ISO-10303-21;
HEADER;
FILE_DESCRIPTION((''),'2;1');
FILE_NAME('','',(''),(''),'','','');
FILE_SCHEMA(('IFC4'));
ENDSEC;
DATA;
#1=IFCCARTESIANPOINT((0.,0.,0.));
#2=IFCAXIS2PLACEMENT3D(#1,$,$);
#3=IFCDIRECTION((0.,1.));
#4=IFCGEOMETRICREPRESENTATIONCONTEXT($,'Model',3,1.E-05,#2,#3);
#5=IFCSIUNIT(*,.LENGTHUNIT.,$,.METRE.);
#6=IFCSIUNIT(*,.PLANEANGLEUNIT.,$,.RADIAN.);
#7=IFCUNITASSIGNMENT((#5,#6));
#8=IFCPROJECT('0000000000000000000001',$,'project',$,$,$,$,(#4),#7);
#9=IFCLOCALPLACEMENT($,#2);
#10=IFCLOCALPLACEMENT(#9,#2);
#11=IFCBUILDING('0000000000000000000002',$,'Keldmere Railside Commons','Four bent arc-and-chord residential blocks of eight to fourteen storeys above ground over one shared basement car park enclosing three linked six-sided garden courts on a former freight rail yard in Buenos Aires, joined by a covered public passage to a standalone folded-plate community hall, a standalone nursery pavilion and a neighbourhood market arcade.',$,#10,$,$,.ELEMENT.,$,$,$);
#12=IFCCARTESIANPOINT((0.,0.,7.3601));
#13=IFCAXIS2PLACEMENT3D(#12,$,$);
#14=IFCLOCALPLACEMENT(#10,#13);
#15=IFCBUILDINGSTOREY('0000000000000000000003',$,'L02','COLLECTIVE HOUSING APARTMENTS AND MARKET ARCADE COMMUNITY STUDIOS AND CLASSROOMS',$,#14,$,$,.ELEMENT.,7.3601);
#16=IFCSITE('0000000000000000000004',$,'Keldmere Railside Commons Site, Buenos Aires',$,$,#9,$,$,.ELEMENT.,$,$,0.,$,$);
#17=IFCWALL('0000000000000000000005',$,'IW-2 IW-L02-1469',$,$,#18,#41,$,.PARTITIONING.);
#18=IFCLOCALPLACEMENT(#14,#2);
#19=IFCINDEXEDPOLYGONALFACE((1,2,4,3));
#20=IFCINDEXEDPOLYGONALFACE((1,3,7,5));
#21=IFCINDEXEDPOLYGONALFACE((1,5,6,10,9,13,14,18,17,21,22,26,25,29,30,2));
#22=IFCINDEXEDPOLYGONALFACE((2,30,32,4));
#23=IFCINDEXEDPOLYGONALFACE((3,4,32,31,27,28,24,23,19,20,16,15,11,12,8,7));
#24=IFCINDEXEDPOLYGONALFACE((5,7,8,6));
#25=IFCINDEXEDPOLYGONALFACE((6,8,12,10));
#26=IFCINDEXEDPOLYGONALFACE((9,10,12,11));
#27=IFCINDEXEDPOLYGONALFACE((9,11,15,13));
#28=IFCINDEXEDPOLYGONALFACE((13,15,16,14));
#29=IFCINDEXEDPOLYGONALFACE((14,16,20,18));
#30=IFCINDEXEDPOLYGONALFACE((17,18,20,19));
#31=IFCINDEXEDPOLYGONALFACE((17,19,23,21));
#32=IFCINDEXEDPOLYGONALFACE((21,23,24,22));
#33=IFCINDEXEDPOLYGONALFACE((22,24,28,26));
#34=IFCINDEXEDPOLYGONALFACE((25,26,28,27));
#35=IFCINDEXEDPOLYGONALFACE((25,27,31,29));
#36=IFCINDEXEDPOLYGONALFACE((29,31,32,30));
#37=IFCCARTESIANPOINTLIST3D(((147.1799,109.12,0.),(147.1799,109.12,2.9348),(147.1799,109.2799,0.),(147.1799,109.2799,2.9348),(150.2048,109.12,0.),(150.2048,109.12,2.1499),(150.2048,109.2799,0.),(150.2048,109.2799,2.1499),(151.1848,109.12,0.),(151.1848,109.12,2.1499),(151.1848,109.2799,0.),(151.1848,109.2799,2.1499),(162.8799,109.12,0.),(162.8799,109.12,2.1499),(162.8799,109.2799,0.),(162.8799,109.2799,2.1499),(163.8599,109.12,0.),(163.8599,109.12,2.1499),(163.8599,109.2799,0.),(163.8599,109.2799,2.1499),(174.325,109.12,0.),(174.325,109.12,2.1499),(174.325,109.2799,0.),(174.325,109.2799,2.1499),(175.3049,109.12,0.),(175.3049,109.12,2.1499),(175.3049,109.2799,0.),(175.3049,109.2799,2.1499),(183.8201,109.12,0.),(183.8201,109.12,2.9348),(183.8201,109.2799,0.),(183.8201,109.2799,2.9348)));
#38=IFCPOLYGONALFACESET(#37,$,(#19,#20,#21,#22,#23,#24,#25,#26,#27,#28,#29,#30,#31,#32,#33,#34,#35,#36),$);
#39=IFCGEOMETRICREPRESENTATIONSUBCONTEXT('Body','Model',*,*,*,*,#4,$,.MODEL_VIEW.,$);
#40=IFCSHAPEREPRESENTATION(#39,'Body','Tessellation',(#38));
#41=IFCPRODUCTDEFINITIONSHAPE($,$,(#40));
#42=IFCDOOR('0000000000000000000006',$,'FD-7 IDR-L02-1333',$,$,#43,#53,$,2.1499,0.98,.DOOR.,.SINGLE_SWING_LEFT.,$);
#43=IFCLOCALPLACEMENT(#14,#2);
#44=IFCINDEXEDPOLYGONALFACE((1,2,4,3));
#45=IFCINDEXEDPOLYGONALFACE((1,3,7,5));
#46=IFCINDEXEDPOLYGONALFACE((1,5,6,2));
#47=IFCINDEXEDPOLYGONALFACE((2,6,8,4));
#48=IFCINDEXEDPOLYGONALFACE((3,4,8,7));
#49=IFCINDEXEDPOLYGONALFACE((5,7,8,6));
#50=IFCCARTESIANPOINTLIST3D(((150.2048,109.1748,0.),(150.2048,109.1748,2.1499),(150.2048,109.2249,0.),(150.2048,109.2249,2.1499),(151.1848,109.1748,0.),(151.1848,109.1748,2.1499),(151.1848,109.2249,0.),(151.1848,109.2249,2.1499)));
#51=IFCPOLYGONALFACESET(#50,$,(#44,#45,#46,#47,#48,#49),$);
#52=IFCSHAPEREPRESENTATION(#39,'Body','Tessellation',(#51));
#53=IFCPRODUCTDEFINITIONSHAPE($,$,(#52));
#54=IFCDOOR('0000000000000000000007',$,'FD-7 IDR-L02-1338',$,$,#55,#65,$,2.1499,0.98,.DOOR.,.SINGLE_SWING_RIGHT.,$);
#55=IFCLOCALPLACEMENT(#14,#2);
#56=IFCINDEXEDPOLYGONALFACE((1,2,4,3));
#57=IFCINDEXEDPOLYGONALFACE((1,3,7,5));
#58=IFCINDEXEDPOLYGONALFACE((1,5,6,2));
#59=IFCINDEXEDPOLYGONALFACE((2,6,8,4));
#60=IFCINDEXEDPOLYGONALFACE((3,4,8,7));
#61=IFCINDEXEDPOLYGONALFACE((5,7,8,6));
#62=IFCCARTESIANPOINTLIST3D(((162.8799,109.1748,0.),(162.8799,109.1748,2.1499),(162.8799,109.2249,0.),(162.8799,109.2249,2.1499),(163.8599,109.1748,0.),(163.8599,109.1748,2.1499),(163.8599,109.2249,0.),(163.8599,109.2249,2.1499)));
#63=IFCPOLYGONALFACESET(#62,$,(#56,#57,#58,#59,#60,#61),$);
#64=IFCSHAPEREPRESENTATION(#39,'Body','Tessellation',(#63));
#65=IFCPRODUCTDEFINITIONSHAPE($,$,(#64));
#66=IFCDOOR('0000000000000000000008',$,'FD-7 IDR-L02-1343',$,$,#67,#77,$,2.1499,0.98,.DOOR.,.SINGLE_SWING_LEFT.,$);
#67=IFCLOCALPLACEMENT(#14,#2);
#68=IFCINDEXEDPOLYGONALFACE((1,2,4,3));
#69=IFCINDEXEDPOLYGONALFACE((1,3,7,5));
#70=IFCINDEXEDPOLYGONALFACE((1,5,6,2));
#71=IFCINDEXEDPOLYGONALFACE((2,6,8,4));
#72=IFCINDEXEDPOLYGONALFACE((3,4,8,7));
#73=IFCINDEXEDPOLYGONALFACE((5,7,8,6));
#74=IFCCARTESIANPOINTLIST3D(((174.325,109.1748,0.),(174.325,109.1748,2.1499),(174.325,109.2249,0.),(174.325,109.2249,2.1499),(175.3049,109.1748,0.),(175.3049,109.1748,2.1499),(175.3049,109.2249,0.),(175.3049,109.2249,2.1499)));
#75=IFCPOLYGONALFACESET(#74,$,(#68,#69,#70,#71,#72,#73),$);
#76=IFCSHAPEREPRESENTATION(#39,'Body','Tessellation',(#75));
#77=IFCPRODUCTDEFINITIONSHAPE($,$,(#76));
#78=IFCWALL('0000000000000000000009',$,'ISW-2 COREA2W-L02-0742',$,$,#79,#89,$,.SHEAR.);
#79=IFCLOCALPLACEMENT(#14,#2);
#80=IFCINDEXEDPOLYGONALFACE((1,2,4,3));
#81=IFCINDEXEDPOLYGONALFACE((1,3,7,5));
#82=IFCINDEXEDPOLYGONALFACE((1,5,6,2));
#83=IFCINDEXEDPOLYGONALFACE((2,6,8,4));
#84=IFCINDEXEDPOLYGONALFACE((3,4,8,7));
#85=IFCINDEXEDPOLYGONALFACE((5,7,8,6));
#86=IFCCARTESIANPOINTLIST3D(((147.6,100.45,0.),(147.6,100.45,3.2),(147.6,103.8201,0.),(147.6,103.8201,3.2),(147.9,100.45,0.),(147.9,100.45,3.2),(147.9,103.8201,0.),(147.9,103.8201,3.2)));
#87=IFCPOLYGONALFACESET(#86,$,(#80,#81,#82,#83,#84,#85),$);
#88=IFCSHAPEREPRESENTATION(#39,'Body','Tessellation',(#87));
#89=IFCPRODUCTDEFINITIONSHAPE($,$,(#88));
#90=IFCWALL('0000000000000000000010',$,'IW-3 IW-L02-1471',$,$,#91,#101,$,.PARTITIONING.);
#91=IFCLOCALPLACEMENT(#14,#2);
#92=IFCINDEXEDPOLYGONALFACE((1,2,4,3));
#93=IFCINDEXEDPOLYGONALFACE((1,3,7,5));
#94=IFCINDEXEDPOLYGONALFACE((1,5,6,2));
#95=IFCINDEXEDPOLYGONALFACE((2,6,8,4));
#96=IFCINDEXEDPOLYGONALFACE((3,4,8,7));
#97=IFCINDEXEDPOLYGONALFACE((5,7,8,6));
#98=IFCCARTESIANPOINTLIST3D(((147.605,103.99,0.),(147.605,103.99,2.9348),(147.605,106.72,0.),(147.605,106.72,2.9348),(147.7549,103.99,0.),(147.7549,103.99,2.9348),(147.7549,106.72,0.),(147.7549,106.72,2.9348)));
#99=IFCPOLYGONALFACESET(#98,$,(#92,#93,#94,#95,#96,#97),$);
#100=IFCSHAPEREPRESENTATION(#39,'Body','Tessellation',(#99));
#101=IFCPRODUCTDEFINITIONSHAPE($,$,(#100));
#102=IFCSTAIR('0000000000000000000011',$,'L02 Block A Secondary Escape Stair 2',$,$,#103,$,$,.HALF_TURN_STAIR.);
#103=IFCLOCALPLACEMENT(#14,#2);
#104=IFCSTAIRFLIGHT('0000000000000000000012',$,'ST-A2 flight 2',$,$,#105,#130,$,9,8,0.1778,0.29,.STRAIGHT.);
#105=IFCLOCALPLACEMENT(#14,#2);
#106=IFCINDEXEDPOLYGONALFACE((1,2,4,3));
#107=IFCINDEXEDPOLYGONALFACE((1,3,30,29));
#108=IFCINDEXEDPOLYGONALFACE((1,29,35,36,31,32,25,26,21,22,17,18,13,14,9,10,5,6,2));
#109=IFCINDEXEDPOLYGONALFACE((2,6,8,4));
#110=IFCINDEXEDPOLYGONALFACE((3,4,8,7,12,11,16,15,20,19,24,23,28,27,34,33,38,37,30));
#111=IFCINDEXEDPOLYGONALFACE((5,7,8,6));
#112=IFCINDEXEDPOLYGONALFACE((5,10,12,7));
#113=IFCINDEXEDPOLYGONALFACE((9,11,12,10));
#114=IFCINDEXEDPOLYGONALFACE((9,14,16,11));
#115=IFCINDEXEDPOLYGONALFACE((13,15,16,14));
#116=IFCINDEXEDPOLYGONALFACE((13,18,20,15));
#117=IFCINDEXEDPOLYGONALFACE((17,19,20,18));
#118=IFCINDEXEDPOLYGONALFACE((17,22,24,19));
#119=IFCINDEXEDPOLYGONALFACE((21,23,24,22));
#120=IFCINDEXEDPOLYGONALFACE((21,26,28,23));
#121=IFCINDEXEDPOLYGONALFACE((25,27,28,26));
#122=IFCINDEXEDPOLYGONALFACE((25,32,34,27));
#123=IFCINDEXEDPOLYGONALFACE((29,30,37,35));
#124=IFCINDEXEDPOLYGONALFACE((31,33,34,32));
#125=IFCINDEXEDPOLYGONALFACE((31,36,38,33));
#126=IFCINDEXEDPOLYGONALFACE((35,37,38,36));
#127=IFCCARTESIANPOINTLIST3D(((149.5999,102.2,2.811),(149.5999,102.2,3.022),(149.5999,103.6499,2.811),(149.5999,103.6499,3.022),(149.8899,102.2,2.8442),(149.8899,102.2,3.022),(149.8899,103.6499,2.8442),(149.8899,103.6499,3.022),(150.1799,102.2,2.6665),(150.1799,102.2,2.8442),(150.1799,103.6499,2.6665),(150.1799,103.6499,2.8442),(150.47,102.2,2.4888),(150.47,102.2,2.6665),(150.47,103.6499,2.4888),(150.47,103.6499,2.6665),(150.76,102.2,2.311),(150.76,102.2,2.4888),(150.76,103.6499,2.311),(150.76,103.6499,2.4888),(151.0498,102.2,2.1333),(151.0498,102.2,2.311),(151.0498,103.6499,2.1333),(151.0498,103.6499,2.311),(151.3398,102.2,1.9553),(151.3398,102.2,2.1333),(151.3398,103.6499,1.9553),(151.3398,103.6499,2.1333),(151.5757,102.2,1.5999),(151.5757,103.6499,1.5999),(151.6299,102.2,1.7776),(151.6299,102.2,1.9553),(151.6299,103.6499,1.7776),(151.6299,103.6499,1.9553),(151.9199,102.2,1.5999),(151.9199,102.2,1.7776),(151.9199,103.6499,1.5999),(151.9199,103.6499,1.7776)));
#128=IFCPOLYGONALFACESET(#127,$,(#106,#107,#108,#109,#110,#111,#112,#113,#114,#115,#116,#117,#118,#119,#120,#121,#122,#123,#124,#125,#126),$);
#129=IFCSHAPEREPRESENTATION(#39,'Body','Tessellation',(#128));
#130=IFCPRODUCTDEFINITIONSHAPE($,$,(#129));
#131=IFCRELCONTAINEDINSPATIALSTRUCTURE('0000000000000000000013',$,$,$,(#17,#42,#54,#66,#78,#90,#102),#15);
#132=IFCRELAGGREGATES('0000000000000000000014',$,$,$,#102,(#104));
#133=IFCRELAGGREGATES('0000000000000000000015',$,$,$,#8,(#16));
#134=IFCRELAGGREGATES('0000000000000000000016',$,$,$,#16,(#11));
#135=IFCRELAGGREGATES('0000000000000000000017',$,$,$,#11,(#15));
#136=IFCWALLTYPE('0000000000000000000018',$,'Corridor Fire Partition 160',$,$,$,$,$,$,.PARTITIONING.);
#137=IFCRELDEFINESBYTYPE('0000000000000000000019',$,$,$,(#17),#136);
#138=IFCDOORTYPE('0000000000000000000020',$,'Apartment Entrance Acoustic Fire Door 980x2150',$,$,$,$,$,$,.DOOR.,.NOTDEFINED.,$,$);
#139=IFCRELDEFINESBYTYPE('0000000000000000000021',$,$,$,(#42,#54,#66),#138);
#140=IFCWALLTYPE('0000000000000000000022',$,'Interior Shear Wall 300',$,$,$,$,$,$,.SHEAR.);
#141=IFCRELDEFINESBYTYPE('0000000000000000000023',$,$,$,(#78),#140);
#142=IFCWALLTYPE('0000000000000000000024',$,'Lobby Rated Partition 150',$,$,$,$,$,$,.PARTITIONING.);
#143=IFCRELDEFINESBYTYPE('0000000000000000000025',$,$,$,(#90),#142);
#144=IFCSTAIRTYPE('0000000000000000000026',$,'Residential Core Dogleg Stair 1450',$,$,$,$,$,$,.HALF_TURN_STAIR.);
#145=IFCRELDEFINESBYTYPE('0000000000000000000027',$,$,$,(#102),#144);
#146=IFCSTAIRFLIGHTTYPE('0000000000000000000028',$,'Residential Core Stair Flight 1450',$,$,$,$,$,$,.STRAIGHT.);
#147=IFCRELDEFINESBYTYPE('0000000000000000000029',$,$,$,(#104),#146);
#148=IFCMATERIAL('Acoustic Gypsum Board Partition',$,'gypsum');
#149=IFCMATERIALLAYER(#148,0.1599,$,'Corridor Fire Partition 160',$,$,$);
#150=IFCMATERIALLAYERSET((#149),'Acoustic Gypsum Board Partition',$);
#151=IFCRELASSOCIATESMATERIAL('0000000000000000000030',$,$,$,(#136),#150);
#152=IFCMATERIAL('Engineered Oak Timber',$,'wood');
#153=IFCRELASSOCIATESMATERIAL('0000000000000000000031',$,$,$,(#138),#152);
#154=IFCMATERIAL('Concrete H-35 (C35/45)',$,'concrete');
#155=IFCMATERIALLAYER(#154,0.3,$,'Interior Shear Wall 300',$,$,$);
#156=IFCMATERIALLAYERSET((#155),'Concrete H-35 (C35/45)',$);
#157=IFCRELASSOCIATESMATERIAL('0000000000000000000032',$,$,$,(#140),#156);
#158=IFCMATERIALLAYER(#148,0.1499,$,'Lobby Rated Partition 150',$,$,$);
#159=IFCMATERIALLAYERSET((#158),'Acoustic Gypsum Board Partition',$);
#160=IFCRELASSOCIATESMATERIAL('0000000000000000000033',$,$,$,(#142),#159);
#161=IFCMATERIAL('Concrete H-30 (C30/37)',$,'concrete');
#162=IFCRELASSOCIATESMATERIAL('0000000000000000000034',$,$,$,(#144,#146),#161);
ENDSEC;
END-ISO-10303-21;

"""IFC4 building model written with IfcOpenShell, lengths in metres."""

from ifc_helpers import new_model, si_unit, direction, frame, frame_2d, origin, place, context, subcontext, project, spatial, polyline, rectangle, outline, extrude, material, layer, layer_set, type_object, element, fill, aggregate, save


model = new_model("IFC4")

# Units and contexts
model_context = context("Model", 3, precision=1e-05, world=origin(), true_north=direction((0.0, 1.0)))
body_context = subcontext(model_context, "Body", "Model", "MODEL_VIEW")
ifc_project = project(units=[si_unit("LENGTHUNIT", "METRE"), si_unit("PLANEANGLEUNIT", "RADIAN")], contexts=[model_context])

# Site, building, storey
site_placement = place(None, origin())
site = spatial("IfcSite", under=ifc_project, at=site_placement, Name="Keldmere Railside Commons Site, Buenos Aires", CompositionType="ELEMENT", RefElevation=0.0)
building_placement = place(site_placement, origin())
building = spatial("IfcBuilding", under=site, at=building_placement, Name="Keldmere Railside Commons", Description="Four bent arc-and-chord residential blocks of eight to fourteen storeys above ground over one shared basement car park enclosing three linked six-sided garden courts on a former freight rail yard in Buenos Aires, joined by a covered public passage to a standalone folded-plate community hall, a standalone nursery pavilion and a neighbourhood market arcade.", CompositionType="ELEMENT")
storey_placement = place(building_placement, frame((0.0, 0.0, 7.3601)))
storey = spatial("IfcBuildingStorey", under=building, at=storey_placement, Name="L02", Description="COLLECTIVE HOUSING APARTMENTS AND MARKET ARCADE COMMUNITY STUDIOS AND CLASSROOMS", CompositionType="ELEMENT", Elevation=7.3601)

# Shared definitions
ifc_material_1 = material(Name="Concrete H-30 (C30/37)", Category="concrete")

# Wall, openings, doors
ifc_material_2 = material(Name="Acoustic Gypsum Board Partition", Category="gypsum")
ifc_layer_1 = layer(ifc_material_2, 0.1599, Name="Corridor Fire Partition 160")
ifc_layer_set_1 = layer_set([ifc_layer_1], Name="Acoustic Gypsum Board Partition")
wall_type_1 = type_object("IfcWallType", Name="Corridor Fire Partition 160", PredefinedType="PARTITIONING", material=ifc_layer_set_1)
ifc_material_3 = material(Name="Engineered Oak Timber", Category="wood")
door_type_1 = type_object("IfcDoorType", Name="Apartment Entrance Acoustic Fire Door 980x2150", OperationType="NOTDEFINED", PredefinedType="DOOR", material=ifc_material_3)
wall_1_placement = place(storey_placement, frame((147.1799, 109.2, 0.0), z_axis=(0.0, 0.0, 1.0), x_axis=(1.0, 0.0, 0.0)))
wall_1 = element("IfcWall", 1, at=wall_1_placement, inside=storey, type_object=wall_type_1, Name="IW-2 IW-L02-1469", PredefinedType="PARTITIONING", context=body_context, shape_type="SweptSolid", body=[
    extrude(rectangle(XDim=36.6401, YDim=0.1599, at=frame_2d((18.3201, 0.0))), origin(), (0.0, 0.0, 1.0), 2.9348),
])
opening_1_placement = place(wall_1_placement, frame((3.0249, 0.0, 0.0)))
opening_1 = element("IfcOpeningElement", 2, at=opening_1_placement, cuts=wall_1, PredefinedType="OPENING", context=body_context, shape_type="SweptSolid", body=[
    extrude(rectangle(XDim=0.98, YDim=2.1499, at=frame_2d((0.49, 1.075))), frame((0.0, 0.0898, 0.0), z_axis=(0.0, -1.0, 0.0), x_axis=(1.0, 0.0, 0.0)), (0.0, 0.0, 1.0), 0.1799),
])
opening_2_placement = place(wall_1_placement, frame((15.7, 0.0, 0.0)))
opening_2 = element("IfcOpeningElement", 3, at=opening_2_placement, cuts=wall_1, PredefinedType="OPENING", context=body_context, shape_type="SweptSolid", body=[
    extrude(rectangle(XDim=0.98, YDim=2.1499, at=frame_2d((0.49, 1.075))), frame((0.0, 0.0898, 0.0), z_axis=(0.0, -1.0, 0.0), x_axis=(1.0, 0.0, 0.0)), (0.0, 0.0, 1.0), 0.1799),
])
opening_3_placement = place(wall_1_placement, frame((27.145, 0.0, 0.0)))
opening_3 = element("IfcOpeningElement", 4, at=opening_3_placement, cuts=wall_1, PredefinedType="OPENING", context=body_context, shape_type="SweptSolid", body=[
    extrude(rectangle(XDim=0.98, YDim=2.1499, at=frame_2d((0.49, 1.075))), frame((0.0, 0.0898, 0.0), z_axis=(0.0, -1.0, 0.0), x_axis=(1.0, 0.0, 0.0)), (0.0, 0.0, 1.0), 0.1799),
])
door_1_placement = place(opening_1_placement, origin())
door_1 = element("IfcDoor", 5, at=door_1_placement, inside=storey, type_object=door_type_1, Name="FD-7 IDR-L02-1333", OperationType="SINGLE_SWING_LEFT", OverallHeight=2.1499, OverallWidth=0.98, PredefinedType="DOOR", context=body_context, shape_type="SweptSolid", body=[
    extrude(rectangle(XDim=0.98, YDim=2.1499, at=frame_2d((0.49, 1.075))), frame((0.0, 0.0249, 0.0), z_axis=(0.0, -1.0, 0.0), x_axis=(1.0, 0.0, 0.0)), (0.0, 0.0, 1.0), 0.05),
])
fill(opening_1, door_1)
door_2_placement = place(opening_2_placement, origin())
door_2 = element("IfcDoor", 6, at=door_2_placement, inside=storey, type_object=door_type_1, Name="FD-7 IDR-L02-1338", OperationType="SINGLE_SWING_RIGHT", OverallHeight=2.1499, OverallWidth=0.98, PredefinedType="DOOR", context=body_context, shape_type="SweptSolid", body=[
    extrude(rectangle(XDim=0.98, YDim=2.1499, at=frame_2d((0.49, 1.075))), frame((0.0, 0.0249, 0.0), z_axis=(0.0, -1.0, 0.0), x_axis=(1.0, 0.0, 0.0)), (0.0, 0.0, 1.0), 0.05),
])
fill(opening_2, door_2)
door_3_placement = place(opening_3_placement, origin())
door_3 = element("IfcDoor", 7, at=door_3_placement, inside=storey, type_object=door_type_1, Name="FD-7 IDR-L02-1343", OperationType="SINGLE_SWING_LEFT", OverallHeight=2.1499, OverallWidth=0.98, PredefinedType="DOOR", context=body_context, shape_type="SweptSolid", body=[
    extrude(rectangle(XDim=0.98, YDim=2.1499, at=frame_2d((0.49, 1.075))), frame((0.0, 0.0249, 0.0), z_axis=(0.0, -1.0, 0.0), x_axis=(1.0, 0.0, 0.0)), (0.0, 0.0, 1.0), 0.05),
])
fill(opening_3, door_3)

# Walls
ifc_material_4 = material(Name="Concrete H-35 (C35/45)", Category="concrete")
ifc_layer_2 = layer(ifc_material_4, 0.3, Name="Interior Shear Wall 300")
ifc_layer_set_2 = layer_set([ifc_layer_2], Name="Concrete H-35 (C35/45)")
wall_type_2 = type_object("IfcWallType", Name="Interior Shear Wall 300", PredefinedType="SHEAR", material=ifc_layer_set_2)
wall_2_placement = place(storey_placement, frame((147.75, 103.8201, 0.0), z_axis=(0.0, 0.0, 1.0), x_axis=(0.0, -1.0, 0.0)))
element("IfcWall", 8, at=wall_2_placement, inside=storey, type_object=wall_type_2, Name="ISW-2 COREA2W-L02-0742", PredefinedType="SHEAR", context=body_context, shape_type="SweptSolid", body=[
    extrude(rectangle(XDim=3.3701, YDim=0.3, at=frame_2d((1.6851, 0.0))), origin(), (0.0, 0.0, 1.0), 3.2),
])
ifc_layer_3 = layer(ifc_material_2, 0.1499, Name="Lobby Rated Partition 150")
ifc_layer_set_3 = layer_set([ifc_layer_3], Name="Acoustic Gypsum Board Partition")
wall_type_3 = type_object("IfcWallType", Name="Lobby Rated Partition 150", PredefinedType="PARTITIONING", material=ifc_layer_set_3)
wall_3_placement = place(storey_placement, frame((147.6799, 103.99, 0.0), z_axis=(0.0, 0.0, 1.0), x_axis=(0.0, 1.0, 0.0)))
element("IfcWall", 9, at=wall_3_placement, inside=storey, type_object=wall_type_3, Name="IW-3 IW-L02-1471", PredefinedType="PARTITIONING", context=body_context, shape_type="SweptSolid", body=[
    extrude(rectangle(XDim=2.73, YDim=0.1499, at=frame_2d((1.365, 0.0))), origin(), (0.0, 0.0, 1.0), 2.9348),
])

# Stair, stair flight
stair_type = type_object("IfcStairType", Name="Residential Core Dogleg Stair 1450", PredefinedType="HALF_TURN_STAIR", material=ifc_material_1)
stair_placement = place(storey_placement, origin())
stair = element("IfcStair", 10, at=stair_placement, inside=storey, type_object=stair_type, Name="L02 Block A Secondary Escape Stair 2", PredefinedType="HALF_TURN_STAIR")
stair_flight_type = type_object("IfcStairFlightType", Name="Residential Core Stair Flight 1450", PredefinedType="STRAIGHT", material=ifc_material_1)
stair_flight_placement = place(storey_placement, frame((151.9199, 102.925, 1.5999), z_axis=(0.0, 0.0, 1.0), x_axis=(-1.0, 0.0, 0.0)))
stair_flight = element("IfcStairFlight", 11, at=stair_flight_placement, type_object=stair_flight_type, Name="ST-A2 flight 2", NumberOfRisers=9, NumberOfTreads=8, PredefinedType="STRAIGHT", RiserHeight=0.1778, TreadLength=0.29, context=body_context, shape_type="SweptSolid", body=[
    extrude(outline(polyline([(0.0, 0.0), (0.0, 0.1777), (0.29, 0.1777), (0.29, 0.3555), (0.5801, 0.3555), (0.5801, 0.5334), (0.8701, 0.5334), (0.8701, 0.7112), (1.1599, 0.7112), (1.1599, 0.8889), (1.45, 0.8889), (1.45, 1.0667), (1.74, 1.0667), (1.74, 1.2444), (2.03, 1.2444), (2.03, 1.4221), (2.3201, 1.4221), (2.3201, 1.6001), (2.3201, 1.2112), (0.3442, 0.0), (0.0, 0.0)])), frame((0.0, 0.7251, 0.0), z_axis=(0.0, -1.0, 0.0), x_axis=(1.0, 0.0, 0.0)), (0.0, 0.0, 1.0), 1.45),
])
aggregate(stair, [stair_flight])

save(model, "model.ifc")
